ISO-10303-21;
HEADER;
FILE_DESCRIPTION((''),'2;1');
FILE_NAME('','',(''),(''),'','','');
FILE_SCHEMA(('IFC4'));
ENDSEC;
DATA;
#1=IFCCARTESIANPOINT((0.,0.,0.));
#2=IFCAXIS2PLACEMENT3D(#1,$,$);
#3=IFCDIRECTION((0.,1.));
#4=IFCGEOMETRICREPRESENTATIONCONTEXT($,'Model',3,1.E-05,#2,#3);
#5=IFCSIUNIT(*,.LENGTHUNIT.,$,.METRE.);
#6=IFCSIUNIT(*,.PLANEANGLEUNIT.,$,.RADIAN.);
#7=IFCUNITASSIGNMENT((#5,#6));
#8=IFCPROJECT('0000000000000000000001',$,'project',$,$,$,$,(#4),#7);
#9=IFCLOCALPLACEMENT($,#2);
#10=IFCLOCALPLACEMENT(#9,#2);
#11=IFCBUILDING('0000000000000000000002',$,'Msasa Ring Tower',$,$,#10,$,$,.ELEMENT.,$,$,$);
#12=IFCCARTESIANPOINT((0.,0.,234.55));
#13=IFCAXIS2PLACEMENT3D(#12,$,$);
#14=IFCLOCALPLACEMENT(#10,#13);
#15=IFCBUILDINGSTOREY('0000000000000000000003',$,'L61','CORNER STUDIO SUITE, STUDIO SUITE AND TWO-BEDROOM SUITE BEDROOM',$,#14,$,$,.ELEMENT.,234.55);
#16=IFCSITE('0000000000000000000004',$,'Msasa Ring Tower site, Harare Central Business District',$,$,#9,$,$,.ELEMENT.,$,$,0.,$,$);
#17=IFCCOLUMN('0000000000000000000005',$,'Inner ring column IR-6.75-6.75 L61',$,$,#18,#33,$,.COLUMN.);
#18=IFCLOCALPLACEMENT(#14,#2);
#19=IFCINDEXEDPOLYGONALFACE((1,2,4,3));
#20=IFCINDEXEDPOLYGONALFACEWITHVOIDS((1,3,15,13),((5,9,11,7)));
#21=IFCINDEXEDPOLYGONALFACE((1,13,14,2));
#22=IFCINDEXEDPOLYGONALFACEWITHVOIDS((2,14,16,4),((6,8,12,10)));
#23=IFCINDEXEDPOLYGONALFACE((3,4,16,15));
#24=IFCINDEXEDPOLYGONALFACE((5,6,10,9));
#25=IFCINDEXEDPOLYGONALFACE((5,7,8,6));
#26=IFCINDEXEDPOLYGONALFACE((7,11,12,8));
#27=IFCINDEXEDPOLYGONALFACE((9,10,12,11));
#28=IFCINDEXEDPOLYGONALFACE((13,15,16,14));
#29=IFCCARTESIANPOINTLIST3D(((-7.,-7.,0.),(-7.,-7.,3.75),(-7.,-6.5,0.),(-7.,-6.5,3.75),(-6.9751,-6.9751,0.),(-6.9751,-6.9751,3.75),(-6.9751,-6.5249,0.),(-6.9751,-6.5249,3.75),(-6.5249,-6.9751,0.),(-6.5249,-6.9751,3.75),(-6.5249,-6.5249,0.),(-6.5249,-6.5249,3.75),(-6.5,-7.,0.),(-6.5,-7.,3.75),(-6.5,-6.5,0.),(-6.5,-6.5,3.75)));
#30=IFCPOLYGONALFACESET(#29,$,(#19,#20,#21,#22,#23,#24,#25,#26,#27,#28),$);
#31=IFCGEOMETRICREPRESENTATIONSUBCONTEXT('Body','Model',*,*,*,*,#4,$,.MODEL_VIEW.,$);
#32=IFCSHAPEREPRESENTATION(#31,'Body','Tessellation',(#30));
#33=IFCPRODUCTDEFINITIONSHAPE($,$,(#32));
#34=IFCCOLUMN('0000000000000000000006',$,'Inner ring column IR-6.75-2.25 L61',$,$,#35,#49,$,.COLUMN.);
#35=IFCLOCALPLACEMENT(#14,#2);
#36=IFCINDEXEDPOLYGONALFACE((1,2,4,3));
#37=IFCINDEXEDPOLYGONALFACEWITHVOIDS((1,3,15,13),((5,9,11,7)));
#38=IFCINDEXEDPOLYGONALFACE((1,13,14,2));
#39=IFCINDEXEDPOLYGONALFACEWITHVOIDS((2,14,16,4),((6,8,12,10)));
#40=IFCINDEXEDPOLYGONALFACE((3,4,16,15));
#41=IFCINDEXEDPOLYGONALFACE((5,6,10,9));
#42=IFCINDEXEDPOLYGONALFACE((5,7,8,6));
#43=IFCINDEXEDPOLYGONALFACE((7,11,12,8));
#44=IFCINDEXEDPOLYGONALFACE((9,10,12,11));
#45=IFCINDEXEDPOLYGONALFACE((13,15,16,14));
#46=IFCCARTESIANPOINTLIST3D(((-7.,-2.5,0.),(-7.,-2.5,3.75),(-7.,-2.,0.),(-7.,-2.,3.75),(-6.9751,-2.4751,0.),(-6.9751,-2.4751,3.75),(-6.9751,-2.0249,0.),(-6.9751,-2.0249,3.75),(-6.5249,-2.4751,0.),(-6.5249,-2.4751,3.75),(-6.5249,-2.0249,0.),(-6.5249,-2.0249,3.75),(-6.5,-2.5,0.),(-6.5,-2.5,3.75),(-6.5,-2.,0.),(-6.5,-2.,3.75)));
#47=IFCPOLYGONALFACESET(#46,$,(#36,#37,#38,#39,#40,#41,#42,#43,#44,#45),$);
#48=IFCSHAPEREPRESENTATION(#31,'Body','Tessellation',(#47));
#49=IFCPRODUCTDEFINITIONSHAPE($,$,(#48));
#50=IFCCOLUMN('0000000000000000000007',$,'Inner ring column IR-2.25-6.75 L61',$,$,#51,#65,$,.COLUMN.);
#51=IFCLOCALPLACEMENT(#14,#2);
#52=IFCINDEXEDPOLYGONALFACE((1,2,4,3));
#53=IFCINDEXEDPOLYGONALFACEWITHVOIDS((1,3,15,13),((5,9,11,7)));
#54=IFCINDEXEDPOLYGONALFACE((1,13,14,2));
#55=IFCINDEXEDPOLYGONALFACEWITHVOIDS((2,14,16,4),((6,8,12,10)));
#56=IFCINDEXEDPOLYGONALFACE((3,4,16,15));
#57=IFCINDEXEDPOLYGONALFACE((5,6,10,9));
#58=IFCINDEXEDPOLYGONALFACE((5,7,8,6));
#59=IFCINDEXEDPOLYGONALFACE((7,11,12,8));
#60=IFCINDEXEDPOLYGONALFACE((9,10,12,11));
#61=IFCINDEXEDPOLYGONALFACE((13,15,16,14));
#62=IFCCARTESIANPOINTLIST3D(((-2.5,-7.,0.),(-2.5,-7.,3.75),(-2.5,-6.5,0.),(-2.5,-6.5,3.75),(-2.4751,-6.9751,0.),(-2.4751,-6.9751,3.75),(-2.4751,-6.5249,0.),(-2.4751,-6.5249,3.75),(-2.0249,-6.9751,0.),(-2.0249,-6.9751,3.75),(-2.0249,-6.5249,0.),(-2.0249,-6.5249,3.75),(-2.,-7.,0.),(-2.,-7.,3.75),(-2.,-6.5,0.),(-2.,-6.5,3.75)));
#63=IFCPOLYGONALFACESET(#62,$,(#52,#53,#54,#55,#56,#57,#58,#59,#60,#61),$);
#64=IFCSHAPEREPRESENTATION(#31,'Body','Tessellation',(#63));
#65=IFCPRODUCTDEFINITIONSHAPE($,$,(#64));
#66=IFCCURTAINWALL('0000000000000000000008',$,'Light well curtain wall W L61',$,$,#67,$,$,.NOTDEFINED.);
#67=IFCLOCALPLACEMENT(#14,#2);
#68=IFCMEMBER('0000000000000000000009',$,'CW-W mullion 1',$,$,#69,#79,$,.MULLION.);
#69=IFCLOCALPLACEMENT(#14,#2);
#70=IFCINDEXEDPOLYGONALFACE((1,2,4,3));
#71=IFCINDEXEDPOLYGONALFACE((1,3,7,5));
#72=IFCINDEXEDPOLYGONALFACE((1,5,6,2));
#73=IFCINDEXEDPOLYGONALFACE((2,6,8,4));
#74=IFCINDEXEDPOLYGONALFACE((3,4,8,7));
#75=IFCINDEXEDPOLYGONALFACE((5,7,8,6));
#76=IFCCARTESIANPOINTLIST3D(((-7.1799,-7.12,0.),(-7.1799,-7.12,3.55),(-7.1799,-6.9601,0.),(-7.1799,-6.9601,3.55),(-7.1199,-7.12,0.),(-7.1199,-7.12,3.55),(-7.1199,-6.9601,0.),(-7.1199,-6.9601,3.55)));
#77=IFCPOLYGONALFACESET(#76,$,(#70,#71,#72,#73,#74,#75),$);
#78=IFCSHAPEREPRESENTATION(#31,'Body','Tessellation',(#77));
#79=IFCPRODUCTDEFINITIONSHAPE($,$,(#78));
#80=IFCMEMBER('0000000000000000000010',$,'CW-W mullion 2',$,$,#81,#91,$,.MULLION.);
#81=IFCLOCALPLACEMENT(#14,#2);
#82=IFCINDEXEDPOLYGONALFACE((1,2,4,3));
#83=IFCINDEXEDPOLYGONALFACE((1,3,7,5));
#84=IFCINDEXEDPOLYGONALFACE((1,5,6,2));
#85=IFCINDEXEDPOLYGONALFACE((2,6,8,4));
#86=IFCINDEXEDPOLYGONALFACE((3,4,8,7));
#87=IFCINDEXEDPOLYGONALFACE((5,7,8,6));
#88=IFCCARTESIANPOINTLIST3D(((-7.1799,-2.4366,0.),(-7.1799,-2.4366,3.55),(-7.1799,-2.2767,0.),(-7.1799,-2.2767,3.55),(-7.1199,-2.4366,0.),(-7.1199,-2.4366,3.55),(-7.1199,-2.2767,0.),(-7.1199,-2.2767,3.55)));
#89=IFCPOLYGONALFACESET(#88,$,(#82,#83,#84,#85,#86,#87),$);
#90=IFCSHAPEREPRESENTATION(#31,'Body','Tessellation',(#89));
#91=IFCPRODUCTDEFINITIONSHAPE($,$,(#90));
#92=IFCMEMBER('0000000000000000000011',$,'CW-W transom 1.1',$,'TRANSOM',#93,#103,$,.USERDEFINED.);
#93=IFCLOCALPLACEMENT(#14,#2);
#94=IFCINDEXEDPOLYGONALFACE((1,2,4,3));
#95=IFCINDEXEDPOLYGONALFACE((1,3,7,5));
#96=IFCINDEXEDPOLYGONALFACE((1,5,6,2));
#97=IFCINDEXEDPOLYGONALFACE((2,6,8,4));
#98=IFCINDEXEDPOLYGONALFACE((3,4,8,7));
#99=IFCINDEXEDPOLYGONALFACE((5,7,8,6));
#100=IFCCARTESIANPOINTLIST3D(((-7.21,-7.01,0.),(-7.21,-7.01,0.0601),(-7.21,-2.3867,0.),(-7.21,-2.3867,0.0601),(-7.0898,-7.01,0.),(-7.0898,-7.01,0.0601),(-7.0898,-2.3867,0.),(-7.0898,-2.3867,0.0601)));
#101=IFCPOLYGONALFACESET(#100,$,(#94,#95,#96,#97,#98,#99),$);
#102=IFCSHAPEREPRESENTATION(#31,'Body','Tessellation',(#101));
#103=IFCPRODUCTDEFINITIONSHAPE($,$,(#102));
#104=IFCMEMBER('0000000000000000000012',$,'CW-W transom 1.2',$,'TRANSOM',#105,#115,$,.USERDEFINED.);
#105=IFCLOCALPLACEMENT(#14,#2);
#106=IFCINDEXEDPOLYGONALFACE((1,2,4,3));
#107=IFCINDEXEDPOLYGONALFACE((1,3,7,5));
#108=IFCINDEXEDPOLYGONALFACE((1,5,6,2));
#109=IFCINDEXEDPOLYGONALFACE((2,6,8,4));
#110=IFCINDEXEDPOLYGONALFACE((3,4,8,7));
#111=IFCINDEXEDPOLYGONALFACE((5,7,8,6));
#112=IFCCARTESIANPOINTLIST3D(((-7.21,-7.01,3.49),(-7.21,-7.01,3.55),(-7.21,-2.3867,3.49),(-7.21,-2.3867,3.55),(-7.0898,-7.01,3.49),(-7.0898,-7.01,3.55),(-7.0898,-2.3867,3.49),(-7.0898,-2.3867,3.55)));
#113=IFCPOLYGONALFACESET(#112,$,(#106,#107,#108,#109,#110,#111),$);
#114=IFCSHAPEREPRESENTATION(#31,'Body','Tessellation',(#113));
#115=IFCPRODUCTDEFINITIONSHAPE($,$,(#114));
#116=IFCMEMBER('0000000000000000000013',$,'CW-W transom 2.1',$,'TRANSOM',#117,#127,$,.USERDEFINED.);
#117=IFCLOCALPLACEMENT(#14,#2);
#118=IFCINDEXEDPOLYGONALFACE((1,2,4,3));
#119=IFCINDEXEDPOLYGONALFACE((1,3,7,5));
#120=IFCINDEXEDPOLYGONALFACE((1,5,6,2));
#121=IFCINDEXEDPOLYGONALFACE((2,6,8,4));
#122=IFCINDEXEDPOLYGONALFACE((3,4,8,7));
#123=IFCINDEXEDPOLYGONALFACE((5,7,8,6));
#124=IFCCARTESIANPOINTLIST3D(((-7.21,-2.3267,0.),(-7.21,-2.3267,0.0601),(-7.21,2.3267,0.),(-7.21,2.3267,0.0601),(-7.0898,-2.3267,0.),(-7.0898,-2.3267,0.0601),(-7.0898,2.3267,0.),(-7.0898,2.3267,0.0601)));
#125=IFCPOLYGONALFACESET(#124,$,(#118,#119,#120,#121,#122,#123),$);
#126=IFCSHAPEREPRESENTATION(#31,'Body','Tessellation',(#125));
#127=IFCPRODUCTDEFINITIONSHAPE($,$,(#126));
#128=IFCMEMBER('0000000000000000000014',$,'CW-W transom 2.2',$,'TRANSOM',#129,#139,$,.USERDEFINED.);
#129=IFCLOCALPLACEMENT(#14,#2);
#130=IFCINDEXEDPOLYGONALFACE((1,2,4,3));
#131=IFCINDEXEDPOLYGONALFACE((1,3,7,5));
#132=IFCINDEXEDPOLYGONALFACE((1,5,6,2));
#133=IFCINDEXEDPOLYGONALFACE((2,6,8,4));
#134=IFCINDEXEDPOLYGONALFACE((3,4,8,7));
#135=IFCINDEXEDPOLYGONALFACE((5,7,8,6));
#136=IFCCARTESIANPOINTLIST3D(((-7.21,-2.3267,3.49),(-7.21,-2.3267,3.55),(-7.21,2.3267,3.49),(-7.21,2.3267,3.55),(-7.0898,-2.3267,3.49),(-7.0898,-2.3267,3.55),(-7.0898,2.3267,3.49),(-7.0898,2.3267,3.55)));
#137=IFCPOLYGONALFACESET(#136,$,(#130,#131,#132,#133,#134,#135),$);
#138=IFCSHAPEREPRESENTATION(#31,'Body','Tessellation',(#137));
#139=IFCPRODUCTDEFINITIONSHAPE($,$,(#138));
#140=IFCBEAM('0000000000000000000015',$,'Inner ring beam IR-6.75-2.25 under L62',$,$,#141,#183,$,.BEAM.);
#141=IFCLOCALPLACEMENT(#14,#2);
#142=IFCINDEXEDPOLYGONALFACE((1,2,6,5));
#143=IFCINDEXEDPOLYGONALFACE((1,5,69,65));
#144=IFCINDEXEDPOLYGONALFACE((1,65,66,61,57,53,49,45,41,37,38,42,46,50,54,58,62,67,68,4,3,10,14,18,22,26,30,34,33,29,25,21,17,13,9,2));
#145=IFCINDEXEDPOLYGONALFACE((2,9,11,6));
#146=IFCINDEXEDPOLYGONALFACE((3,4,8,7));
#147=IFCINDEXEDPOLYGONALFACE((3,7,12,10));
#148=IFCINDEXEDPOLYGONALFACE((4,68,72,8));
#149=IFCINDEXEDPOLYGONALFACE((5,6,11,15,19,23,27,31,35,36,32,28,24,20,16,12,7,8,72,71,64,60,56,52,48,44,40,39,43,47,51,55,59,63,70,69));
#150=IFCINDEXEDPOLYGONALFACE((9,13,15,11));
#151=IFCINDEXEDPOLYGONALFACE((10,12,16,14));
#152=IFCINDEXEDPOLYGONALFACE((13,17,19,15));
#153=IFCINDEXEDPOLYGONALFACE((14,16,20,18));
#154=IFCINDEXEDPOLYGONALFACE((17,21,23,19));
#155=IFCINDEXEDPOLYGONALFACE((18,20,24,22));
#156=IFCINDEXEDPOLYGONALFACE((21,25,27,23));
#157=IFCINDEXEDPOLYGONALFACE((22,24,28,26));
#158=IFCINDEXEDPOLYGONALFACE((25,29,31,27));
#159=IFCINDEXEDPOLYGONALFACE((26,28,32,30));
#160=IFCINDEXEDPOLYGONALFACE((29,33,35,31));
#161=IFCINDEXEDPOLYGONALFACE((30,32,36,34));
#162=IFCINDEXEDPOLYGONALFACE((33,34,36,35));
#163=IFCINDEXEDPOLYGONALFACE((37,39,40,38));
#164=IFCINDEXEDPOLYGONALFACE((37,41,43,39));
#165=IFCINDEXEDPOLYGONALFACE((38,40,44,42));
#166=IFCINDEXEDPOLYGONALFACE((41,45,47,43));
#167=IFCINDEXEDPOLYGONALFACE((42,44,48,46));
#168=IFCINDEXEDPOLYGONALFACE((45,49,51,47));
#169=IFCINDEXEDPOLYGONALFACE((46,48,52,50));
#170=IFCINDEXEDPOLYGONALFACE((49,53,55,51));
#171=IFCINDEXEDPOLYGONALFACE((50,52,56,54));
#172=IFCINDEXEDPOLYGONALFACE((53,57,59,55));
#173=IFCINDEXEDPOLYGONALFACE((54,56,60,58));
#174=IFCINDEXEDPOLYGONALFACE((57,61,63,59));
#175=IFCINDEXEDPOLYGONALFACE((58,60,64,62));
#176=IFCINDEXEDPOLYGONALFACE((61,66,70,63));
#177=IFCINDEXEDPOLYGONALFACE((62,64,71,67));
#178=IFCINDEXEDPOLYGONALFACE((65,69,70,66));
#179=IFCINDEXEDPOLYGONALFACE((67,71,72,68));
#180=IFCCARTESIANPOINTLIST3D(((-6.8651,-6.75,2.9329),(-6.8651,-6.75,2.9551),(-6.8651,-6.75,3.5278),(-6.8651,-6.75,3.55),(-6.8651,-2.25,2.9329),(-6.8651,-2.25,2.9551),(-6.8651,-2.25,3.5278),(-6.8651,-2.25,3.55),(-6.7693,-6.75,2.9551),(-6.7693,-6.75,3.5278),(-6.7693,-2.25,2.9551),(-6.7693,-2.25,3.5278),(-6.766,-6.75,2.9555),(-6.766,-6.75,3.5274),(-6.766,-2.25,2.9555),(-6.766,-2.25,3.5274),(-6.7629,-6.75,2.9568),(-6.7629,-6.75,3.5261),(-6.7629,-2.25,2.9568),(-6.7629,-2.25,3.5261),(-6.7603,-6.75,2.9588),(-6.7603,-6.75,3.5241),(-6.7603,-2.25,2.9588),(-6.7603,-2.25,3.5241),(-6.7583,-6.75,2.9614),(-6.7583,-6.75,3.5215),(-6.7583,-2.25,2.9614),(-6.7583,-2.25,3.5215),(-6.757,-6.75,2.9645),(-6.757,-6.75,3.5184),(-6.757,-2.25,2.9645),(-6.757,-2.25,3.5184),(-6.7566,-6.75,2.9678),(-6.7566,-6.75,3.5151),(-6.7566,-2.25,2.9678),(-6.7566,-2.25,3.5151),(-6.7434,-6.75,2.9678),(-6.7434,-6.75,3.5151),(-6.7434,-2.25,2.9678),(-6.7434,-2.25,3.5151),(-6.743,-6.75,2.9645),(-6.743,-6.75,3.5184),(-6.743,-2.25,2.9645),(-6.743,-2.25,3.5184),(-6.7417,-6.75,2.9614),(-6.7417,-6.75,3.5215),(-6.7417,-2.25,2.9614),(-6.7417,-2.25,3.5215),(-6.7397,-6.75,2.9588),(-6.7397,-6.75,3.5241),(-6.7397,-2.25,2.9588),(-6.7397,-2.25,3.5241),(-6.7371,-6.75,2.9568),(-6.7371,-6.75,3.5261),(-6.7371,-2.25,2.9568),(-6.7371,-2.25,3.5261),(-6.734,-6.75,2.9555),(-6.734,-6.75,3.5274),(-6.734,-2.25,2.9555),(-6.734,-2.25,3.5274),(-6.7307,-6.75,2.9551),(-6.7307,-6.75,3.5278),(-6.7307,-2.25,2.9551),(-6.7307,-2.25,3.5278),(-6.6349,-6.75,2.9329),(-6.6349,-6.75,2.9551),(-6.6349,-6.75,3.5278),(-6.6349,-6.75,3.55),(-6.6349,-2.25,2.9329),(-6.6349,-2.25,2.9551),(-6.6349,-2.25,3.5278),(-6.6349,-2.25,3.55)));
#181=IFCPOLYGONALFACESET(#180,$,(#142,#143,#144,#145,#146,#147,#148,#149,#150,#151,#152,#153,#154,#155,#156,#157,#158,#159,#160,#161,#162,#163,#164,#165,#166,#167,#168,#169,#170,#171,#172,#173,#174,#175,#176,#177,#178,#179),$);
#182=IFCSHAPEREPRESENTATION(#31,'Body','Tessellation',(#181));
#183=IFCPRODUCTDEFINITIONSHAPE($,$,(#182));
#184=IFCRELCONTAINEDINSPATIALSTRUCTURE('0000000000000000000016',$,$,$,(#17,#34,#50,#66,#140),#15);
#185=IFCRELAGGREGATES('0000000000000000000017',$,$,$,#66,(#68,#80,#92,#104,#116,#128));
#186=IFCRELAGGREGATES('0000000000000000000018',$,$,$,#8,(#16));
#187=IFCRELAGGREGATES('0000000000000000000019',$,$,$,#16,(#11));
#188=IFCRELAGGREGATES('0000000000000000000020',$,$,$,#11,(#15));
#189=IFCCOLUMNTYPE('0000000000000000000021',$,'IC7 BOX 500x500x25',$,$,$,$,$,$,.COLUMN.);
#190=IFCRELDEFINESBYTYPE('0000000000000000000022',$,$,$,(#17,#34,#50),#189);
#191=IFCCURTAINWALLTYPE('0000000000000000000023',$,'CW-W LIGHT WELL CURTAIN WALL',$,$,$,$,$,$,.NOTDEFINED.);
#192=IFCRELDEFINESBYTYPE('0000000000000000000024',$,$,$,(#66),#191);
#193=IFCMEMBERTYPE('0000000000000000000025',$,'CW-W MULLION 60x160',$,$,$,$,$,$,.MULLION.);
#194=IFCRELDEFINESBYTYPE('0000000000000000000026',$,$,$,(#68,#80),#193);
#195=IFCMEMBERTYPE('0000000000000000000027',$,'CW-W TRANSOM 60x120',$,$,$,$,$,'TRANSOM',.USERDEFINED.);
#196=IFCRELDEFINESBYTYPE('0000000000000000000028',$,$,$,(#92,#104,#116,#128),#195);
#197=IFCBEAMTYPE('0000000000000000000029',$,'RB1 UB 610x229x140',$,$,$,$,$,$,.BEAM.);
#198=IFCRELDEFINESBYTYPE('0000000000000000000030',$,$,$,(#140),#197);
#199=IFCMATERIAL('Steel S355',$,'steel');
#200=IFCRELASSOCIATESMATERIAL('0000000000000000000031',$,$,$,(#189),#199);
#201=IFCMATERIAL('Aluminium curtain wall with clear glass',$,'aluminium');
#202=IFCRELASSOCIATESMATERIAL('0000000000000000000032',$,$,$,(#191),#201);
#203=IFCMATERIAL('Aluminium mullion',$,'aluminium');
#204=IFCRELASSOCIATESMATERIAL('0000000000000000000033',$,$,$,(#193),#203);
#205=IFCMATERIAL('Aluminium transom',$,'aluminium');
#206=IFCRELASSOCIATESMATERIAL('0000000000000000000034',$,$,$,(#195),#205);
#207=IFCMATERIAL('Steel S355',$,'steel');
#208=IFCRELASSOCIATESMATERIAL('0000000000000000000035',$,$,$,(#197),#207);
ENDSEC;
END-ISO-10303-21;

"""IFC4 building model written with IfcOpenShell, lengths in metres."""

from ifc_helpers import new_model, si_unit, direction, frame, origin, origin_2d, place, context, subcontext, project, spatial, rectangle, hollow_rectangle, i_section, extrude, material, material_profile, profile_set, type_object, element, aggregate, save


model = new_model("IFC4")

# Units and contexts
model_context = context("Model", 3, precision=1e-05, world=origin(), true_north=direction((0.0, 1.0)))
body_context = subcontext(model_context, "Body", "Model", "MODEL_VIEW")
ifc_project = project(units=[si_unit("LENGTHUNIT", "METRE"), si_unit("PLANEANGLEUNIT", "RADIAN")], contexts=[model_context])

# Site, building, storey
site_placement = place(None, origin())
site = spatial("IfcSite", under=ifc_project, at=site_placement, Name="Msasa Ring Tower site, Harare Central Business District", CompositionType="ELEMENT", RefElevation=0.0)
building_placement = place(site_placement, origin())
building = spatial("IfcBuilding", under=site, at=building_placement, Name="Msasa Ring Tower", CompositionType="ELEMENT")
storey_placement = place(building_placement, frame((0.0, 0.0, 234.55)))
storey = spatial("IfcBuildingStorey", under=building, at=storey_placement, Name="L61", Description="CORNER STUDIO SUITE, STUDIO SUITE AND TWO-BEDROOM SUITE BEDROOM", CompositionType="ELEMENT", Elevation=234.55)

# Columns
ifc_material_1 = material(Name="Steel S355", Category="steel")
ifc_material_profile_1 = material_profile(ifc_material_1, hollow_rectangle(XDim=0.5, YDim=0.5, WallThickness=0.0249, at=origin_2d()), Name="BOX 500x500x25")
ifc_profile_set_1 = profile_set([ifc_material_profile_1], Name="Steel S355")
column_type = type_object("IfcColumnType", Name="IC7 BOX 500x500x25", PredefinedType="COLUMN", material=ifc_profile_set_1)
for number, where, z_axis, x_axis, name in (
    (1, (-6.75, -6.75, 0.0), (0.0, 0.0, 1.0), (1.0, 0.0, 0.0), "Inner ring column IR-6.75-6.75 L61"),
    (2, (-6.75, -2.25, 0.0), (0.0, 0.0, 1.0), (1.0, 0.0, 0.0), "Inner ring column IR-6.75-2.25 L61"),
    (3, (-2.25, -6.75, 0.0), (0.0, 0.0, 1.0), (1.0, 0.0, 0.0), "Inner ring column IR-2.25-6.75 L61"),
):
    element("IfcColumn", number, at=place(storey_placement, frame(where, z_axis=z_axis, x_axis=x_axis)), inside=storey, type_object=column_type, Name=name, PredefinedType="COLUMN", context=body_context, shape_type="SweptSolid", body=[
        extrude(hollow_rectangle(XDim=0.5, YDim=0.5, WallThickness=0.0249, at=origin_2d()), origin(), (0.0, 0.0, 1.0), 3.75),
    ])

# Curtain wall, members
ifc_material_2 = material(Name="Aluminium curtain wall with clear glass", Category="aluminium")
curtain_wall_type = type_object("IfcCurtainWallType", Name="CW-W LIGHT WELL CURTAIN WALL", PredefinedType="NOTDEFINED", material=ifc_material_2)
curtain_wall_1_placement = place(storey_placement, origin())
curtain_wall_1 = element("IfcCurtainWall", 4, at=curtain_wall_1_placement, inside=storey, type_object=curtain_wall_type, Name="Light well curtain wall W L61", PredefinedType="NOTDEFINED")
ifc_material_3 = material(Name="Aluminium mullion", Category="aluminium")
ifc_material_profile_2 = material_profile(ifc_material_3, rectangle(XDim=0.0601, YDim=0.1599, at=origin_2d()), Name="AL 60x160")
ifc_profile_set_2 = profile_set([ifc_material_profile_2], Name="Aluminium mullion")
member_type_1 = type_object("IfcMemberType", Name="CW-W MULLION 60x160", PredefinedType="MULLION", material=ifc_profile_set_2)
member_1_placement = place(storey_placement, frame((-7.1499, -7.04, 0.0), z_axis=(0.0, 0.0, 1.0), x_axis=(-1.0, 0.0, 0.0)))
member_1 = element("IfcMember", 5, at=member_1_placement, type_object=member_type_1, Name="CW-W mullion 1", PredefinedType="MULLION", context=body_context, shape_type="SweptSolid", body=[
    extrude(rectangle(XDim=0.0601, YDim=0.1599, at=origin_2d()), origin(), (0.0, 0.0, 1.0), 3.55),
])
member_2_placement = place(storey_placement, frame((-7.1499, -2.3567, 0.0), z_axis=(0.0, 0.0, 1.0), x_axis=(-1.0, 0.0, 0.0)))
member_2 = element("IfcMember", 6, at=member_2_placement, type_object=member_type_1, Name="CW-W mullion 2", PredefinedType="MULLION", context=body_context, shape_type="SweptSolid", body=[
    extrude(rectangle(XDim=0.0601, YDim=0.1599, at=origin_2d()), origin(), (0.0, 0.0, 1.0), 3.55),
])
ifc_material_4 = material(Name="Aluminium transom", Category="aluminium")
ifc_material_profile_3 = material_profile(ifc_material_4, rectangle(XDim=0.1201, YDim=0.0601, at=origin_2d()), Name="AL 60x120")
ifc_profile_set_3 = profile_set([ifc_material_profile_3], Name="Aluminium transom")
member_type_2 = type_object("IfcMemberType", Name="CW-W TRANSOM 60x120", ElementType="TRANSOM", PredefinedType="USERDEFINED", material=ifc_profile_set_3)
member_3_placement = place(storey_placement, frame((-7.1499, -7.01, 0.03), z_axis=(0.0, 1.0, 0.0), x_axis=(-1.0, 0.0, 0.0)))
member_3 = element("IfcMember", 7, at=member_3_placement, type_object=member_type_2, Name="CW-W transom 1.1", ObjectType="TRANSOM", PredefinedType="USERDEFINED", context=body_context, shape_type="SweptSolid", body=[
    extrude(rectangle(XDim=0.1201, YDim=0.0601, at=origin_2d()), origin(), (0.0, 0.0, 1.0), 4.6233),
])
member_4_placement = place(storey_placement, frame((-7.1499, -7.01, 3.52), z_axis=(0.0, 1.0, 0.0), x_axis=(-1.0, 0.0, 0.0)))
member_4 = element("IfcMember", 8, at=member_4_placement, type_object=member_type_2, Name="CW-W transom 1.2", ObjectType="TRANSOM", PredefinedType="USERDEFINED", context=body_context, shape_type="SweptSolid", body=[
    extrude(rectangle(XDim=0.1201, YDim=0.0601, at=origin_2d()), origin(), (0.0, 0.0, 1.0), 4.6233),
])
member_5_placement = place(storey_placement, frame((-7.1499, -2.3267, 0.03), z_axis=(0.0, 1.0, 0.0), x_axis=(-1.0, 0.0, 0.0)))
member_5 = element("IfcMember", 9, at=member_5_placement, type_object=member_type_2, Name="CW-W transom 2.1", ObjectType="TRANSOM", PredefinedType="USERDEFINED", context=body_context, shape_type="SweptSolid", body=[
    extrude(rectangle(XDim=0.1201, YDim=0.0601, at=origin_2d()), origin(), (0.0, 0.0, 1.0), 4.6533),
])
member_6_placement = place(storey_placement, frame((-7.1499, -2.3267, 3.52), z_axis=(0.0, 1.0, 0.0), x_axis=(-1.0, 0.0, 0.0)))
member_6 = element("IfcMember", 10, at=member_6_placement, type_object=member_type_2, Name="CW-W transom 2.2", ObjectType="TRANSOM", PredefinedType="USERDEFINED", context=body_context, shape_type="SweptSolid", body=[
    extrude(rectangle(XDim=0.1201, YDim=0.0601, at=origin_2d()), origin(), (0.0, 0.0, 1.0), 4.6533),
])

# Beam
ifc_material_5 = material(Name="Steel S355", Category="steel")
ifc_material_profile_4 = material_profile(ifc_material_5, i_section(OverallWidth=0.2302, OverallDepth=0.6172, WebThickness=0.0132, FlangeThickness=0.0222, FilletRadius=0.0127, at=origin_2d()), Name="UB 610x229x140")
ifc_profile_set_4 = profile_set([ifc_material_profile_4], Name="Steel S355")
beam_type = type_object("IfcBeamType", Name="RB1 UB 610x229x140", PredefinedType="BEAM", material=ifc_profile_set_4)
for number, where, z_axis, x_axis, name in (
    (11, (-6.75, -2.25, 3.2415), (0.0, -1.0, 0.0), (1.0, 0.0, 0.0), "Inner ring beam IR-6.75-2.25 under L62"),
):
    element("IfcBeam", number, at=place(storey_placement, frame(where, z_axis=z_axis, x_axis=x_axis)), inside=storey, type_object=beam_type, Name=name, PredefinedType="BEAM", context=body_context, shape_type="SweptSolid", body=[
        extrude(i_section(OverallWidth=0.2302, OverallDepth=0.6172, WebThickness=0.0132, FlangeThickness=0.0222, FilletRadius=0.0127, at=origin_2d()), origin(), (0.0, 0.0, 1.0), 4.5),
    ])

aggregate(curtain_wall_1, [member_1, member_2, member_3, member_4, member_5, member_6])

save(model, "model.ifc")
